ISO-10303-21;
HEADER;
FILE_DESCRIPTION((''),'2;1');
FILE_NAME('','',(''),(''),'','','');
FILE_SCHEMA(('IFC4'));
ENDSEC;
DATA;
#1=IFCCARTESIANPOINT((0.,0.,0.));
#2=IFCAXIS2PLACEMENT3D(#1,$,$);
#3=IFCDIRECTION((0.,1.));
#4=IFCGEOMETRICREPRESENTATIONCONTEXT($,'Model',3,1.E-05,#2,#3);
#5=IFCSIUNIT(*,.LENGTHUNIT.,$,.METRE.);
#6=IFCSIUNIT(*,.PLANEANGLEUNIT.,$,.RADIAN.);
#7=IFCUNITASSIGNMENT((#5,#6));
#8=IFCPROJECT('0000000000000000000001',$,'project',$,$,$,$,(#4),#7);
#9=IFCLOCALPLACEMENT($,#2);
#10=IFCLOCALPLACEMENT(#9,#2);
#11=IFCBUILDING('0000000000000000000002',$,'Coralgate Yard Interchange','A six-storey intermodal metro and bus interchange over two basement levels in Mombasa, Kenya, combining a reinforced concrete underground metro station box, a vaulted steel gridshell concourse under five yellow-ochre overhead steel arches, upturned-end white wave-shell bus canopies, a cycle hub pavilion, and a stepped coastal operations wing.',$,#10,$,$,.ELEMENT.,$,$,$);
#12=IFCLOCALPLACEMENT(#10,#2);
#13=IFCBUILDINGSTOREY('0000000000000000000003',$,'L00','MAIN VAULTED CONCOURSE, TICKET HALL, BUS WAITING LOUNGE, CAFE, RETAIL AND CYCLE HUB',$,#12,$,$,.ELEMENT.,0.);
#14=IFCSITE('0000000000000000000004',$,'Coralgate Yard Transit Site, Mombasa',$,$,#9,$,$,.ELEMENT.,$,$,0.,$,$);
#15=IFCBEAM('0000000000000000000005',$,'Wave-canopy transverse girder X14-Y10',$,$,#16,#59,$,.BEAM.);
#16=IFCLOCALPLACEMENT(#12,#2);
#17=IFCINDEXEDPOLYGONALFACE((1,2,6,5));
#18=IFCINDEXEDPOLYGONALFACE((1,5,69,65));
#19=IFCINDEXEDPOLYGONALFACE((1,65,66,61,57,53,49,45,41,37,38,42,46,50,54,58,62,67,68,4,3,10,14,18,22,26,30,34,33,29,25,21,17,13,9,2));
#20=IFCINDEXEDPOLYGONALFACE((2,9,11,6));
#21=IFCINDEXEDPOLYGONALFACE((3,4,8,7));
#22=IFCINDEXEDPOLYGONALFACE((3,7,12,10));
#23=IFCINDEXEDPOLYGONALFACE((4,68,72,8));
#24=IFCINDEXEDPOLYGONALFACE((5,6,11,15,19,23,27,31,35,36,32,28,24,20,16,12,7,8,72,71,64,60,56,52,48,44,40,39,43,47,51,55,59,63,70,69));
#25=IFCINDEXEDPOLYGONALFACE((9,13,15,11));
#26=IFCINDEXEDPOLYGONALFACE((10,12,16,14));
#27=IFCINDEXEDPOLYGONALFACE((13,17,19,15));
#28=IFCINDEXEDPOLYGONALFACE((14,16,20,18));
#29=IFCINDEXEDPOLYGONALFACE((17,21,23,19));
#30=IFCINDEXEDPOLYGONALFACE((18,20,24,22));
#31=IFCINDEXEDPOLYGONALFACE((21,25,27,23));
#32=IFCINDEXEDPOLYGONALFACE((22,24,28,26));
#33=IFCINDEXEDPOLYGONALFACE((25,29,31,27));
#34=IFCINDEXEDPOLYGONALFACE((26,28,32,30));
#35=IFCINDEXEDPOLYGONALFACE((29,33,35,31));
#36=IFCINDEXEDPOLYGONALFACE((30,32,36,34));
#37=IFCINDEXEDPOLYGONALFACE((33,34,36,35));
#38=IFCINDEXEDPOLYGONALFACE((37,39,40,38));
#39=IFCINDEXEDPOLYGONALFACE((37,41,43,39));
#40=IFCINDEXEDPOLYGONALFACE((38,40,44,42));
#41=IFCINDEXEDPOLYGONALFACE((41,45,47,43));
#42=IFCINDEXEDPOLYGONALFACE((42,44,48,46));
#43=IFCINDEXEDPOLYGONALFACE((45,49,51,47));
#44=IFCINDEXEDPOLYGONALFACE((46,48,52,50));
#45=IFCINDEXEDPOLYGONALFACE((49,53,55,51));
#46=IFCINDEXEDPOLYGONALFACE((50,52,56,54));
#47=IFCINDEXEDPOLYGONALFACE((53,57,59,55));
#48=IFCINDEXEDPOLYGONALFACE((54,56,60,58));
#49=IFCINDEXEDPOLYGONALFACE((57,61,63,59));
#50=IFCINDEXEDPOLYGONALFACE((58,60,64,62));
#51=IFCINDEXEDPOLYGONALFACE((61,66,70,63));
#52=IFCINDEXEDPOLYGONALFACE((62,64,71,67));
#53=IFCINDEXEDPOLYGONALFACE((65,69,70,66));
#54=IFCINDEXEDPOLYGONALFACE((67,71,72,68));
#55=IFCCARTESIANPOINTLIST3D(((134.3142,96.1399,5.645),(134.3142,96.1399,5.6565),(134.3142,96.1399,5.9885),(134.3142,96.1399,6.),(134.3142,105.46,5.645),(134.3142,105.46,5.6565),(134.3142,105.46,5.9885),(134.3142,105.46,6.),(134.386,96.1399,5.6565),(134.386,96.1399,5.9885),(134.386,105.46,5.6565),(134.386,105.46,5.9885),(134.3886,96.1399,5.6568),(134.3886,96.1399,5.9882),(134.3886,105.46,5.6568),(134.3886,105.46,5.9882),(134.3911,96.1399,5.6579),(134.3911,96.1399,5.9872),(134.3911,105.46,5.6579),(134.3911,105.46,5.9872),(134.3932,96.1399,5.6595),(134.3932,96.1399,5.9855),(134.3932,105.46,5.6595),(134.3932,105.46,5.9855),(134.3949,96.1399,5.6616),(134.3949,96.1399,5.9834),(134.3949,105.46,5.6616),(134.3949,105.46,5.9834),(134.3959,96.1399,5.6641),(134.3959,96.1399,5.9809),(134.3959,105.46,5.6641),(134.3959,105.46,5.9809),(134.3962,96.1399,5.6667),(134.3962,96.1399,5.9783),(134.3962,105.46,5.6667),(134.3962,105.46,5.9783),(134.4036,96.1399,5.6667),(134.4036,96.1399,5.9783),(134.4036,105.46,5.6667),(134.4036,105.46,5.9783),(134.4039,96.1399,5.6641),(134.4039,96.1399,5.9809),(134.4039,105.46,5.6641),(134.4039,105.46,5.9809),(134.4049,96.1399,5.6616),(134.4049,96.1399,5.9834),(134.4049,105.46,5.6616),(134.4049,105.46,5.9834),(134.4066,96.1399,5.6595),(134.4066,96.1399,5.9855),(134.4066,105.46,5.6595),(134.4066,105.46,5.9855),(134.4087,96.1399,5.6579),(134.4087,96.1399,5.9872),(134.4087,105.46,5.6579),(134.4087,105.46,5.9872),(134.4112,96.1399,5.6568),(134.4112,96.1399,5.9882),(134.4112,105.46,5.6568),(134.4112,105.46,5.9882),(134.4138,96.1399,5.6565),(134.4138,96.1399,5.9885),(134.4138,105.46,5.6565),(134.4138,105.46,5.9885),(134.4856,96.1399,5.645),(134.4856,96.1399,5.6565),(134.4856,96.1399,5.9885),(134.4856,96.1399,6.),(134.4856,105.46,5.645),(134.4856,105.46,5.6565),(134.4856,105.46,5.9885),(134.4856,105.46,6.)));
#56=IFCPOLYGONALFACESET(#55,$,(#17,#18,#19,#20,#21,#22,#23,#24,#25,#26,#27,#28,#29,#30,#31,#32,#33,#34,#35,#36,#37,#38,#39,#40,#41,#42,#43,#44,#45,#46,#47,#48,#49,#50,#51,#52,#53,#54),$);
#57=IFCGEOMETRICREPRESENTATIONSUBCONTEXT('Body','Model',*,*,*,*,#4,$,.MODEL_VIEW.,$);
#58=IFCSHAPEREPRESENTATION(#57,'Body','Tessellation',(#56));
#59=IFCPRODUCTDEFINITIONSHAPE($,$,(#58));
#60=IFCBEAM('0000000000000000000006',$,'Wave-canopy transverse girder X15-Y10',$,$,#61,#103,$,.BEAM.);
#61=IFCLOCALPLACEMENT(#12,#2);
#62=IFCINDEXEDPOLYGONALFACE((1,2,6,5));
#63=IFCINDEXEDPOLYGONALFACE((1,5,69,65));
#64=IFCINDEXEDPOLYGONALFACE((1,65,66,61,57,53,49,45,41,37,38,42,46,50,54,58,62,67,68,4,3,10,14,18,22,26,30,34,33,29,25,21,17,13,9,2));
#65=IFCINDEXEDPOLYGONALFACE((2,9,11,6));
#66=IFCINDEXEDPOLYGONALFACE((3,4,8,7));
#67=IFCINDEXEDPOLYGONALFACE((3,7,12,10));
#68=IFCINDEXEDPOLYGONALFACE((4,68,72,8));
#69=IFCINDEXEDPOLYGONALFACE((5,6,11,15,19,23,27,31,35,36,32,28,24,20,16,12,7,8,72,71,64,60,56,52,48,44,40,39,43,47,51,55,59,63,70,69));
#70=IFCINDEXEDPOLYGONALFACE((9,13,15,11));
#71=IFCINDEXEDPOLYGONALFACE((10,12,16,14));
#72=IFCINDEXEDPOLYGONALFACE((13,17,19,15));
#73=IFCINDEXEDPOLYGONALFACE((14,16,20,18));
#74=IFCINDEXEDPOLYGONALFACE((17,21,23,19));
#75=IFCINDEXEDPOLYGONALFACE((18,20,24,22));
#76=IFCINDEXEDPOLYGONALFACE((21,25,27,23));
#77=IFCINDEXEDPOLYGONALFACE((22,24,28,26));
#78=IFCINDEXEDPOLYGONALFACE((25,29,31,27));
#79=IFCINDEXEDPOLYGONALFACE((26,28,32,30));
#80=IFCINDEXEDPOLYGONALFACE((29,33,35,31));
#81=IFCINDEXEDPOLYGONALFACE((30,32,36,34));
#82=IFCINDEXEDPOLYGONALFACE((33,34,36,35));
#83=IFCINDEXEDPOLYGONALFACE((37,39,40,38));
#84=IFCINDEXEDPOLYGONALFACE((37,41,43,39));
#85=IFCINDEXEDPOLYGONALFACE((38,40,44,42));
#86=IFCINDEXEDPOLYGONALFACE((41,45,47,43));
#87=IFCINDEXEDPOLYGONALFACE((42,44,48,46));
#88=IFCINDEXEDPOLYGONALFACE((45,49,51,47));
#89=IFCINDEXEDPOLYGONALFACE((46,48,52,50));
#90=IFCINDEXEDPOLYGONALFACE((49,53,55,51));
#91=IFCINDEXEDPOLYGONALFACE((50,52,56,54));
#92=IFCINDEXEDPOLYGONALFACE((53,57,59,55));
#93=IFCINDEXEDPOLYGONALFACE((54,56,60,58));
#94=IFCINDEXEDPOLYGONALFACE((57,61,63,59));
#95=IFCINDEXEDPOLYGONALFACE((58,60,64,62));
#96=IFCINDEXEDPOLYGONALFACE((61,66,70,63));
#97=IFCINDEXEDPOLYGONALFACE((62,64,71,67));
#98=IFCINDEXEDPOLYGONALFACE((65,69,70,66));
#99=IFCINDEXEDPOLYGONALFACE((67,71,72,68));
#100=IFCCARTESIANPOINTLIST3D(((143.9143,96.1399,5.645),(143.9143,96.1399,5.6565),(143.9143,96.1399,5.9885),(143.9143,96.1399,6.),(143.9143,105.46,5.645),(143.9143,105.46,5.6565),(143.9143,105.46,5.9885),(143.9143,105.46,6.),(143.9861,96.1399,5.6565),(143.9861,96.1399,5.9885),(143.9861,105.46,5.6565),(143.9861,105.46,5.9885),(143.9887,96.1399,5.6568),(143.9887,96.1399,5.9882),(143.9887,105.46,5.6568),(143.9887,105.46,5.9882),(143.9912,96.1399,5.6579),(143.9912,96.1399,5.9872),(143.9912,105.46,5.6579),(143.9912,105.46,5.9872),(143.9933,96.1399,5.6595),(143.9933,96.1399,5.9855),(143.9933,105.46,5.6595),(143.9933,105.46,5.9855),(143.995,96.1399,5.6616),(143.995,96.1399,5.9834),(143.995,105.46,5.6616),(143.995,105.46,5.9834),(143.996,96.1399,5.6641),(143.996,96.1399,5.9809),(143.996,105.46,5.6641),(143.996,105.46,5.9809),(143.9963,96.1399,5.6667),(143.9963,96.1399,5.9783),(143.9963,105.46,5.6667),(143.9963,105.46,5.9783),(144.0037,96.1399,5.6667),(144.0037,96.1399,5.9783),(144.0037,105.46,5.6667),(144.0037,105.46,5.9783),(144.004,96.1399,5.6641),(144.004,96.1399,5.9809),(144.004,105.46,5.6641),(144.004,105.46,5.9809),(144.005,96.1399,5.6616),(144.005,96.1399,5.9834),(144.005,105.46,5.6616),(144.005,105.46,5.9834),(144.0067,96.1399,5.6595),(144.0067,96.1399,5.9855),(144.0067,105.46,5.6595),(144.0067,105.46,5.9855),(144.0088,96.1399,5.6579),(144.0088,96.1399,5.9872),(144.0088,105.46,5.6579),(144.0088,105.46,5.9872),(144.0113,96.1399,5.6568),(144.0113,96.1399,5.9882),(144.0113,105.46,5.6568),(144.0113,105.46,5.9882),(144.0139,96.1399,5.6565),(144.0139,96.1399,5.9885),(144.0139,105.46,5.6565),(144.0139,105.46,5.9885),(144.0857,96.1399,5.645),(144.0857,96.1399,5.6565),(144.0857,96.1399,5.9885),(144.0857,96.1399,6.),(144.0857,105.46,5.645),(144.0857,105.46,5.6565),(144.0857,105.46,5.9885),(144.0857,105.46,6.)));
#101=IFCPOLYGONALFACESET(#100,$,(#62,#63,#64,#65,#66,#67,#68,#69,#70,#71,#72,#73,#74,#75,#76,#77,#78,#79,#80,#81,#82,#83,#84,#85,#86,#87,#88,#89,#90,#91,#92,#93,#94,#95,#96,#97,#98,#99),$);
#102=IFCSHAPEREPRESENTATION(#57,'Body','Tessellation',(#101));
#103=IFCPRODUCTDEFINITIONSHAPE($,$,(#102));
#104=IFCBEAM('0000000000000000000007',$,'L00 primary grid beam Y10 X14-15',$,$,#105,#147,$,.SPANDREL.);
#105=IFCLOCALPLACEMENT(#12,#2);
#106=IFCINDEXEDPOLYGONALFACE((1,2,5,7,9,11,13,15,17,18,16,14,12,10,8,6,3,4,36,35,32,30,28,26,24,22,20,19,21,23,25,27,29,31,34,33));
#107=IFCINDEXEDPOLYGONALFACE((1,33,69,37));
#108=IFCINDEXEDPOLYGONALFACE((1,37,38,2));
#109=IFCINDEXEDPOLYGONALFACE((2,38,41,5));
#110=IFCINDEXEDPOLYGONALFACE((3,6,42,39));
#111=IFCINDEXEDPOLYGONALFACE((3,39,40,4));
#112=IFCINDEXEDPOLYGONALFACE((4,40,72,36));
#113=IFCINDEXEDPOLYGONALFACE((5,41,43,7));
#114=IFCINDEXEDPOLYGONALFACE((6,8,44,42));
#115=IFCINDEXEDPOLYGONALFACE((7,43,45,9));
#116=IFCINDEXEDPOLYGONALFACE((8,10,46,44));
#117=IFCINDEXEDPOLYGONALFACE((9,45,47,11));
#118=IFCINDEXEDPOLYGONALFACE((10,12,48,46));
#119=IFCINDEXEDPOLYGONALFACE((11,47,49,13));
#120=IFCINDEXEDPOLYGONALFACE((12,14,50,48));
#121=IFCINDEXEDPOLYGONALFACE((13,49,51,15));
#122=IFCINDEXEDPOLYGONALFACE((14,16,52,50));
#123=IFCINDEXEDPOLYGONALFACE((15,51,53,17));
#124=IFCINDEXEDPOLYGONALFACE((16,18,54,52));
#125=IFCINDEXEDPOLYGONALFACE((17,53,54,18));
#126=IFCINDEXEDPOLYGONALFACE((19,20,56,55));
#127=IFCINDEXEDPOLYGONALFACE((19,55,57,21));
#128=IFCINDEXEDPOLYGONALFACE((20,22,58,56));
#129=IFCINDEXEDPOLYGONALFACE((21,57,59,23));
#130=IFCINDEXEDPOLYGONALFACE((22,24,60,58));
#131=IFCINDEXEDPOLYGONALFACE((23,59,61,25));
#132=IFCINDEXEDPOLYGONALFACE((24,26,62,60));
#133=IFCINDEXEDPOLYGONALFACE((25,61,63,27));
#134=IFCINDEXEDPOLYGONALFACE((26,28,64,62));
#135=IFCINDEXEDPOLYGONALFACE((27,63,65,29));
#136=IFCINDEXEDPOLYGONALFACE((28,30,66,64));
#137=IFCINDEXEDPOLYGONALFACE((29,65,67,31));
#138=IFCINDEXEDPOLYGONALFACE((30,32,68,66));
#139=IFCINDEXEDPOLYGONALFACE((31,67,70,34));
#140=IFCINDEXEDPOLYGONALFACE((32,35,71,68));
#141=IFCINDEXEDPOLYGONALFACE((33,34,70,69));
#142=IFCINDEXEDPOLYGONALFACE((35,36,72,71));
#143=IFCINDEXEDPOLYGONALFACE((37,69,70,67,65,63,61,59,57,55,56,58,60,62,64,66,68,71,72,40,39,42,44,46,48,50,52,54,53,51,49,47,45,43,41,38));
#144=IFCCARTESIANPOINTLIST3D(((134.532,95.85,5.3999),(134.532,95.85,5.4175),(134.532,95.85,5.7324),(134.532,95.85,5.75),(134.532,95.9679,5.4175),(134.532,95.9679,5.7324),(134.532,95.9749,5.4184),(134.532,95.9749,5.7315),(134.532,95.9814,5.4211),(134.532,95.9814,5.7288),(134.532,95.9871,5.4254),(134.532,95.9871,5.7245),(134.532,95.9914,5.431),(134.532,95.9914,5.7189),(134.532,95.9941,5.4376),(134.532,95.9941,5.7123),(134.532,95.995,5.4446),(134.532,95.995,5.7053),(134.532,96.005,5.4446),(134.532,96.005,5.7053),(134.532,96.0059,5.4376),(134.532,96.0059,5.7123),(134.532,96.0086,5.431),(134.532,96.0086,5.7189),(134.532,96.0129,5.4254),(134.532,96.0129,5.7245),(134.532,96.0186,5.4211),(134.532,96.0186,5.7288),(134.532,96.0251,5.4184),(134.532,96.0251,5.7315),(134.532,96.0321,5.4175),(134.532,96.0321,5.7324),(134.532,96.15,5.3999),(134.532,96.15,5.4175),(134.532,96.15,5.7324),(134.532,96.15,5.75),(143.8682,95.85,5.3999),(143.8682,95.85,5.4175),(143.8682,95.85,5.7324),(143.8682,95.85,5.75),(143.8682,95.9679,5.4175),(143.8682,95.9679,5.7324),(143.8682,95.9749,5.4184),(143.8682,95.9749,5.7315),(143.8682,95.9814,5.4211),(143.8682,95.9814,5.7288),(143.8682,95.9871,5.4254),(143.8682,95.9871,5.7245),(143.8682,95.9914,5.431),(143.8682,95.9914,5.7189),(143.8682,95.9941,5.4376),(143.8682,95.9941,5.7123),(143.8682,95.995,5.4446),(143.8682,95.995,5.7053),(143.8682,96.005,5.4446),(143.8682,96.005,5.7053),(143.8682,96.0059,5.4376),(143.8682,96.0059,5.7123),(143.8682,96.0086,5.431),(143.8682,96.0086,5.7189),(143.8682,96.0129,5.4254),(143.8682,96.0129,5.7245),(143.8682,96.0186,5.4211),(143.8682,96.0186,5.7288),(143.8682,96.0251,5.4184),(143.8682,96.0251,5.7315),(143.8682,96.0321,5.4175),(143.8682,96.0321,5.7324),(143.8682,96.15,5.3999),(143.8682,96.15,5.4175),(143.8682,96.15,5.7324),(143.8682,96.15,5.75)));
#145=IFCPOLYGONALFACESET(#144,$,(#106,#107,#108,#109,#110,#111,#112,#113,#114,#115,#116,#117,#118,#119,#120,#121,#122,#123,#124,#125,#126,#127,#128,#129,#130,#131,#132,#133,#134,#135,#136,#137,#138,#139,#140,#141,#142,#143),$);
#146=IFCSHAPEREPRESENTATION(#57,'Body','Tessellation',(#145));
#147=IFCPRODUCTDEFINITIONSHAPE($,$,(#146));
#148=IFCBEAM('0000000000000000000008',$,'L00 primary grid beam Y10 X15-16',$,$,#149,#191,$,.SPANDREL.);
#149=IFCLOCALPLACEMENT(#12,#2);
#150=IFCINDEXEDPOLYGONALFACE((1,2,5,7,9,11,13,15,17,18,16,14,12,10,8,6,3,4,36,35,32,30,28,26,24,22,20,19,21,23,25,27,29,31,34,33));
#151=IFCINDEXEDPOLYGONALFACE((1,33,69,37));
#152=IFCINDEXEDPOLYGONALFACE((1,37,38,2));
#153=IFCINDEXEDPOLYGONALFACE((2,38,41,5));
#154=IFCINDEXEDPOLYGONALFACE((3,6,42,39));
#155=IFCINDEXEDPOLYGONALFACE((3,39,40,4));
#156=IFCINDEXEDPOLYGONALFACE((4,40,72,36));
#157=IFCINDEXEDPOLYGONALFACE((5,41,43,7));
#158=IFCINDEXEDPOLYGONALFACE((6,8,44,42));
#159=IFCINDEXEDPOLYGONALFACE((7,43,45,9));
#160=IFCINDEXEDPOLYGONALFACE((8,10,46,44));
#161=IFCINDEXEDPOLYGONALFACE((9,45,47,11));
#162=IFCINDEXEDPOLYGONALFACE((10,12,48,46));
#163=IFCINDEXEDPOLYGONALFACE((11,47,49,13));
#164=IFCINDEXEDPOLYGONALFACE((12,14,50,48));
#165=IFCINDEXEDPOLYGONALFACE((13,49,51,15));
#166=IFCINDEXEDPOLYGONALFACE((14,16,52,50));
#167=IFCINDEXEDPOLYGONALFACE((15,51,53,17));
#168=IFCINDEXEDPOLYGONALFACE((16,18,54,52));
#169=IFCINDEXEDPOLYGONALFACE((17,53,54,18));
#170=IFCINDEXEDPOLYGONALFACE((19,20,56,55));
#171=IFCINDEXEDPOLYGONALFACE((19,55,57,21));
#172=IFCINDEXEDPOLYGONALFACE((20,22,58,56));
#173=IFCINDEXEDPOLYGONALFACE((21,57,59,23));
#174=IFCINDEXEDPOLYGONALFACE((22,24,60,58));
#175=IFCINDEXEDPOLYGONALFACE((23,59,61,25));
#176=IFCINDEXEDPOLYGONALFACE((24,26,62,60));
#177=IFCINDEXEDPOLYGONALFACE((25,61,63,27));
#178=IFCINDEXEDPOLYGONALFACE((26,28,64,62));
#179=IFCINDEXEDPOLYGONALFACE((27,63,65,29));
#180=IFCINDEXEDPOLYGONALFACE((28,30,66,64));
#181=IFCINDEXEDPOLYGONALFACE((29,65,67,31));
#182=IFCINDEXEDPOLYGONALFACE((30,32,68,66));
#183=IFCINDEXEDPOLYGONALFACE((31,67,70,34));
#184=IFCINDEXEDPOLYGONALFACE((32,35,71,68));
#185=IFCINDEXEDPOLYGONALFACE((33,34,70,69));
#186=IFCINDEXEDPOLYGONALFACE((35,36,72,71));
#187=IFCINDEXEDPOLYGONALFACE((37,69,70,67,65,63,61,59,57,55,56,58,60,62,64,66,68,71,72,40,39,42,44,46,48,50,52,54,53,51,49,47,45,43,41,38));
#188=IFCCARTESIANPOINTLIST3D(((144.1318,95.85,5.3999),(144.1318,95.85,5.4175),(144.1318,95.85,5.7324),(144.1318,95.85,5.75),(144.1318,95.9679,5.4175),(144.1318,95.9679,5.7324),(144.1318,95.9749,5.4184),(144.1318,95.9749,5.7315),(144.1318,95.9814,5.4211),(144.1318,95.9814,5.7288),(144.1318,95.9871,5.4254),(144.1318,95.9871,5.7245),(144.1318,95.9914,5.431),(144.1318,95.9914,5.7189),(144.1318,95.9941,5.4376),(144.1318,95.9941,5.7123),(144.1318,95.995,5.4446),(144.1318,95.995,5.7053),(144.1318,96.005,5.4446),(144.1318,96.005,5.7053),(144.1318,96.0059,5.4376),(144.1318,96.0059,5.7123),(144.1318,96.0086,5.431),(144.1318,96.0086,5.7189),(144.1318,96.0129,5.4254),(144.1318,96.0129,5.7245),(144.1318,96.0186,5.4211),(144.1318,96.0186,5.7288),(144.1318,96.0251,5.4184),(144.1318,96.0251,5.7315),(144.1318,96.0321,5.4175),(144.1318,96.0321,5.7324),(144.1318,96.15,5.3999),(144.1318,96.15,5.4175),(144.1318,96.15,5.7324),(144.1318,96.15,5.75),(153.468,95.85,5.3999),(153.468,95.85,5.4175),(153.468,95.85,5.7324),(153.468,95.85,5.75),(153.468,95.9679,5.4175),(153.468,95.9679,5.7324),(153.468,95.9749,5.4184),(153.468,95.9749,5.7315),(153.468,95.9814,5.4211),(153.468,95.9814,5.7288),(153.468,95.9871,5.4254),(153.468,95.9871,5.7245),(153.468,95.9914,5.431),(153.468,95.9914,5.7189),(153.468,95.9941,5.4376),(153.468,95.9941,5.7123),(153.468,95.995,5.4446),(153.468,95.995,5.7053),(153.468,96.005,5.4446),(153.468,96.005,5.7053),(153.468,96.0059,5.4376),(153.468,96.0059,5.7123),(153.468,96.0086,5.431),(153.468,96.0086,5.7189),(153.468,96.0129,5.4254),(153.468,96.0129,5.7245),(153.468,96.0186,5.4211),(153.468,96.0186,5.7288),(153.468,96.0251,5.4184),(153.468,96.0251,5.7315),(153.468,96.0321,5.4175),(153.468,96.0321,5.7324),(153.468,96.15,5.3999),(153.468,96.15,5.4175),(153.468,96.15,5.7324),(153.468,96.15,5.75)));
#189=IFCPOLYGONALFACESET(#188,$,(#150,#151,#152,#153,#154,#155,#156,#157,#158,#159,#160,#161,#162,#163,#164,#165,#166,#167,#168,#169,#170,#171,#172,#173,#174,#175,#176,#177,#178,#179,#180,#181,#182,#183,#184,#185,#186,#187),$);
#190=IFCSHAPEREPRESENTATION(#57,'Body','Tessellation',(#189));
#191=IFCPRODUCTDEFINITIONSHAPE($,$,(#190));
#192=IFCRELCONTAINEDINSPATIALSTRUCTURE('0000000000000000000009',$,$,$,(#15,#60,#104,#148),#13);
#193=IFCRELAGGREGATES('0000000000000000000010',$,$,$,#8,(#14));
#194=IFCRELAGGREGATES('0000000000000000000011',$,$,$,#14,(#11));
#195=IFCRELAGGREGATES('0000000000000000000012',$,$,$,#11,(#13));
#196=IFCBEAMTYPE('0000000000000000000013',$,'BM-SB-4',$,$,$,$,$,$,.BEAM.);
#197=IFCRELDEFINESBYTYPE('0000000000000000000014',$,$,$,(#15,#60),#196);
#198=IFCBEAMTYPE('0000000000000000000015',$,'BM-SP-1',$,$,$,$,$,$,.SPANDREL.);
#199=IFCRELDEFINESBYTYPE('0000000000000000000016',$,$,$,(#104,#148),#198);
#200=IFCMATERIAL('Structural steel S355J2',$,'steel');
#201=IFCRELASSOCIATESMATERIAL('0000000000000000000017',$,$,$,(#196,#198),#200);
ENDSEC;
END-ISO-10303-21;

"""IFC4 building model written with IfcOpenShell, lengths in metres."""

from ifc_helpers import new_model, si_unit, direction, frame, origin, origin_2d, place, context, subcontext, project, spatial, i_section, extrude, material, material_profile, profile_set, type_object, element, save


model = new_model("IFC4")

# Units and contexts
model_context = context("Model", 3, precision=1e-05, world=origin(), true_north=direction((0.0, 1.0)))
body_context = subcontext(model_context, "Body", "Model", "MODEL_VIEW")
ifc_project = project(units=[si_unit("LENGTHUNIT", "METRE"), si_unit("PLANEANGLEUNIT", "RADIAN")], contexts=[model_context])

# Site, building, storey
site_placement = place(None, origin())
site = spatial("IfcSite", under=ifc_project, at=site_placement, Name="Coralgate Yard Transit Site, Mombasa", CompositionType="ELEMENT", RefElevation=0.0)
building_placement = place(site_placement, origin())
building = spatial("IfcBuilding", under=site, at=building_placement, Name="Coralgate Yard Interchange", Description="A six-storey intermodal metro and bus interchange over two basement levels in Mombasa, Kenya, combining a reinforced concrete underground metro station box, a vaulted steel gridshell concourse under five yellow-ochre overhead steel arches, upturned-end white wave-shell bus canopies, a cycle hub pavilion, and a stepped coastal operations wing.", CompositionType="ELEMENT")
storey_placement = place(building_placement, origin())
storey = spatial("IfcBuildingStorey", under=building, at=storey_placement, Name="L00", Description="MAIN VAULTED CONCOURSE, TICKET HALL, BUS WAITING LOUNGE, CAFE, RETAIL AND CYCLE HUB", CompositionType="ELEMENT", Elevation=0.0)

# Shared definitions
ifc_material_1 = material(Name="Structural steel S355J2", Category="steel")

# Beams
ifc_material_profile_1 = material_profile(ifc_material_1, i_section(OverallWidth=0.1714, OverallDepth=0.355, WebThickness=0.0073, FlangeThickness=0.0115, FilletRadius=0.0103, at=origin_2d()), Name="UB 356x171x51")
ifc_profile_set_1 = profile_set([ifc_material_profile_1], Name="Structural steel S355J2")
beam_type_1 = type_object("IfcBeamType", Name="BM-SB-4", PredefinedType="BEAM", material=ifc_profile_set_1)
for number, where, z_axis, x_axis, name in (
    (1, (134.3999, 96.1399, 5.8225), (0.0, 1.0, 0.0), (-1.0, 0.0, 0.0), "Wave-canopy transverse girder X14-Y10"),
    (2, (144.0, 96.1399, 5.8225), (0.0, 1.0, 0.0), (-1.0, 0.0, 0.0), "Wave-canopy transverse girder X15-Y10"),
):
    element("IfcBeam", number, at=place(storey_placement, frame(where, z_axis=z_axis, x_axis=x_axis)), inside=storey, type_object=beam_type_1, Name=name, PredefinedType="BEAM", context=body_context, shape_type="SweptSolid", body=[
        extrude(i_section(OverallWidth=0.1714, OverallDepth=0.355, WebThickness=0.0073, FlangeThickness=0.0115, FilletRadius=0.0103, at=origin_2d()), origin(), (0.0, 0.0, 1.0), 9.3201),
    ])
ifc_material_profile_2 = material_profile(ifc_material_1, i_section(OverallWidth=0.3, OverallDepth=0.3501, WebThickness=0.01, FlangeThickness=0.0176, FilletRadius=0.0271, at=origin_2d()), Name="HEA 360")
ifc_profile_set_2 = profile_set([ifc_material_profile_2], Name="Structural steel S355J2")
beam_type_2 = type_object("IfcBeamType", Name="BM-SP-1", PredefinedType="SPANDREL", material=ifc_profile_set_2)
for number, where, z_axis, x_axis, name in (
    (3, (134.532, 96.0, 5.575), (1.0, 0.0, 0.0), (0.0, 1.0, 0.0), "L00 primary grid beam Y10 X14-15"),
    (4, (144.1318, 96.0, 5.575), (1.0, 0.0, 0.0), (0.0, 1.0, 0.0), "L00 primary grid beam Y10 X15-16"),
):
    element("IfcBeam", number, at=place(storey_placement, frame(where, z_axis=z_axis, x_axis=x_axis)), inside=storey, type_object=beam_type_2, Name=name, PredefinedType="SPANDREL", context=body_context, shape_type="SweptSolid", body=[
        extrude(i_section(OverallWidth=0.3, OverallDepth=0.3501, WebThickness=0.01, FlangeThickness=0.0176, FilletRadius=0.0271, at=origin_2d()), origin(), (0.0, 0.0, 1.0), 9.3362),
    ])

save(model, "model.ifc")
